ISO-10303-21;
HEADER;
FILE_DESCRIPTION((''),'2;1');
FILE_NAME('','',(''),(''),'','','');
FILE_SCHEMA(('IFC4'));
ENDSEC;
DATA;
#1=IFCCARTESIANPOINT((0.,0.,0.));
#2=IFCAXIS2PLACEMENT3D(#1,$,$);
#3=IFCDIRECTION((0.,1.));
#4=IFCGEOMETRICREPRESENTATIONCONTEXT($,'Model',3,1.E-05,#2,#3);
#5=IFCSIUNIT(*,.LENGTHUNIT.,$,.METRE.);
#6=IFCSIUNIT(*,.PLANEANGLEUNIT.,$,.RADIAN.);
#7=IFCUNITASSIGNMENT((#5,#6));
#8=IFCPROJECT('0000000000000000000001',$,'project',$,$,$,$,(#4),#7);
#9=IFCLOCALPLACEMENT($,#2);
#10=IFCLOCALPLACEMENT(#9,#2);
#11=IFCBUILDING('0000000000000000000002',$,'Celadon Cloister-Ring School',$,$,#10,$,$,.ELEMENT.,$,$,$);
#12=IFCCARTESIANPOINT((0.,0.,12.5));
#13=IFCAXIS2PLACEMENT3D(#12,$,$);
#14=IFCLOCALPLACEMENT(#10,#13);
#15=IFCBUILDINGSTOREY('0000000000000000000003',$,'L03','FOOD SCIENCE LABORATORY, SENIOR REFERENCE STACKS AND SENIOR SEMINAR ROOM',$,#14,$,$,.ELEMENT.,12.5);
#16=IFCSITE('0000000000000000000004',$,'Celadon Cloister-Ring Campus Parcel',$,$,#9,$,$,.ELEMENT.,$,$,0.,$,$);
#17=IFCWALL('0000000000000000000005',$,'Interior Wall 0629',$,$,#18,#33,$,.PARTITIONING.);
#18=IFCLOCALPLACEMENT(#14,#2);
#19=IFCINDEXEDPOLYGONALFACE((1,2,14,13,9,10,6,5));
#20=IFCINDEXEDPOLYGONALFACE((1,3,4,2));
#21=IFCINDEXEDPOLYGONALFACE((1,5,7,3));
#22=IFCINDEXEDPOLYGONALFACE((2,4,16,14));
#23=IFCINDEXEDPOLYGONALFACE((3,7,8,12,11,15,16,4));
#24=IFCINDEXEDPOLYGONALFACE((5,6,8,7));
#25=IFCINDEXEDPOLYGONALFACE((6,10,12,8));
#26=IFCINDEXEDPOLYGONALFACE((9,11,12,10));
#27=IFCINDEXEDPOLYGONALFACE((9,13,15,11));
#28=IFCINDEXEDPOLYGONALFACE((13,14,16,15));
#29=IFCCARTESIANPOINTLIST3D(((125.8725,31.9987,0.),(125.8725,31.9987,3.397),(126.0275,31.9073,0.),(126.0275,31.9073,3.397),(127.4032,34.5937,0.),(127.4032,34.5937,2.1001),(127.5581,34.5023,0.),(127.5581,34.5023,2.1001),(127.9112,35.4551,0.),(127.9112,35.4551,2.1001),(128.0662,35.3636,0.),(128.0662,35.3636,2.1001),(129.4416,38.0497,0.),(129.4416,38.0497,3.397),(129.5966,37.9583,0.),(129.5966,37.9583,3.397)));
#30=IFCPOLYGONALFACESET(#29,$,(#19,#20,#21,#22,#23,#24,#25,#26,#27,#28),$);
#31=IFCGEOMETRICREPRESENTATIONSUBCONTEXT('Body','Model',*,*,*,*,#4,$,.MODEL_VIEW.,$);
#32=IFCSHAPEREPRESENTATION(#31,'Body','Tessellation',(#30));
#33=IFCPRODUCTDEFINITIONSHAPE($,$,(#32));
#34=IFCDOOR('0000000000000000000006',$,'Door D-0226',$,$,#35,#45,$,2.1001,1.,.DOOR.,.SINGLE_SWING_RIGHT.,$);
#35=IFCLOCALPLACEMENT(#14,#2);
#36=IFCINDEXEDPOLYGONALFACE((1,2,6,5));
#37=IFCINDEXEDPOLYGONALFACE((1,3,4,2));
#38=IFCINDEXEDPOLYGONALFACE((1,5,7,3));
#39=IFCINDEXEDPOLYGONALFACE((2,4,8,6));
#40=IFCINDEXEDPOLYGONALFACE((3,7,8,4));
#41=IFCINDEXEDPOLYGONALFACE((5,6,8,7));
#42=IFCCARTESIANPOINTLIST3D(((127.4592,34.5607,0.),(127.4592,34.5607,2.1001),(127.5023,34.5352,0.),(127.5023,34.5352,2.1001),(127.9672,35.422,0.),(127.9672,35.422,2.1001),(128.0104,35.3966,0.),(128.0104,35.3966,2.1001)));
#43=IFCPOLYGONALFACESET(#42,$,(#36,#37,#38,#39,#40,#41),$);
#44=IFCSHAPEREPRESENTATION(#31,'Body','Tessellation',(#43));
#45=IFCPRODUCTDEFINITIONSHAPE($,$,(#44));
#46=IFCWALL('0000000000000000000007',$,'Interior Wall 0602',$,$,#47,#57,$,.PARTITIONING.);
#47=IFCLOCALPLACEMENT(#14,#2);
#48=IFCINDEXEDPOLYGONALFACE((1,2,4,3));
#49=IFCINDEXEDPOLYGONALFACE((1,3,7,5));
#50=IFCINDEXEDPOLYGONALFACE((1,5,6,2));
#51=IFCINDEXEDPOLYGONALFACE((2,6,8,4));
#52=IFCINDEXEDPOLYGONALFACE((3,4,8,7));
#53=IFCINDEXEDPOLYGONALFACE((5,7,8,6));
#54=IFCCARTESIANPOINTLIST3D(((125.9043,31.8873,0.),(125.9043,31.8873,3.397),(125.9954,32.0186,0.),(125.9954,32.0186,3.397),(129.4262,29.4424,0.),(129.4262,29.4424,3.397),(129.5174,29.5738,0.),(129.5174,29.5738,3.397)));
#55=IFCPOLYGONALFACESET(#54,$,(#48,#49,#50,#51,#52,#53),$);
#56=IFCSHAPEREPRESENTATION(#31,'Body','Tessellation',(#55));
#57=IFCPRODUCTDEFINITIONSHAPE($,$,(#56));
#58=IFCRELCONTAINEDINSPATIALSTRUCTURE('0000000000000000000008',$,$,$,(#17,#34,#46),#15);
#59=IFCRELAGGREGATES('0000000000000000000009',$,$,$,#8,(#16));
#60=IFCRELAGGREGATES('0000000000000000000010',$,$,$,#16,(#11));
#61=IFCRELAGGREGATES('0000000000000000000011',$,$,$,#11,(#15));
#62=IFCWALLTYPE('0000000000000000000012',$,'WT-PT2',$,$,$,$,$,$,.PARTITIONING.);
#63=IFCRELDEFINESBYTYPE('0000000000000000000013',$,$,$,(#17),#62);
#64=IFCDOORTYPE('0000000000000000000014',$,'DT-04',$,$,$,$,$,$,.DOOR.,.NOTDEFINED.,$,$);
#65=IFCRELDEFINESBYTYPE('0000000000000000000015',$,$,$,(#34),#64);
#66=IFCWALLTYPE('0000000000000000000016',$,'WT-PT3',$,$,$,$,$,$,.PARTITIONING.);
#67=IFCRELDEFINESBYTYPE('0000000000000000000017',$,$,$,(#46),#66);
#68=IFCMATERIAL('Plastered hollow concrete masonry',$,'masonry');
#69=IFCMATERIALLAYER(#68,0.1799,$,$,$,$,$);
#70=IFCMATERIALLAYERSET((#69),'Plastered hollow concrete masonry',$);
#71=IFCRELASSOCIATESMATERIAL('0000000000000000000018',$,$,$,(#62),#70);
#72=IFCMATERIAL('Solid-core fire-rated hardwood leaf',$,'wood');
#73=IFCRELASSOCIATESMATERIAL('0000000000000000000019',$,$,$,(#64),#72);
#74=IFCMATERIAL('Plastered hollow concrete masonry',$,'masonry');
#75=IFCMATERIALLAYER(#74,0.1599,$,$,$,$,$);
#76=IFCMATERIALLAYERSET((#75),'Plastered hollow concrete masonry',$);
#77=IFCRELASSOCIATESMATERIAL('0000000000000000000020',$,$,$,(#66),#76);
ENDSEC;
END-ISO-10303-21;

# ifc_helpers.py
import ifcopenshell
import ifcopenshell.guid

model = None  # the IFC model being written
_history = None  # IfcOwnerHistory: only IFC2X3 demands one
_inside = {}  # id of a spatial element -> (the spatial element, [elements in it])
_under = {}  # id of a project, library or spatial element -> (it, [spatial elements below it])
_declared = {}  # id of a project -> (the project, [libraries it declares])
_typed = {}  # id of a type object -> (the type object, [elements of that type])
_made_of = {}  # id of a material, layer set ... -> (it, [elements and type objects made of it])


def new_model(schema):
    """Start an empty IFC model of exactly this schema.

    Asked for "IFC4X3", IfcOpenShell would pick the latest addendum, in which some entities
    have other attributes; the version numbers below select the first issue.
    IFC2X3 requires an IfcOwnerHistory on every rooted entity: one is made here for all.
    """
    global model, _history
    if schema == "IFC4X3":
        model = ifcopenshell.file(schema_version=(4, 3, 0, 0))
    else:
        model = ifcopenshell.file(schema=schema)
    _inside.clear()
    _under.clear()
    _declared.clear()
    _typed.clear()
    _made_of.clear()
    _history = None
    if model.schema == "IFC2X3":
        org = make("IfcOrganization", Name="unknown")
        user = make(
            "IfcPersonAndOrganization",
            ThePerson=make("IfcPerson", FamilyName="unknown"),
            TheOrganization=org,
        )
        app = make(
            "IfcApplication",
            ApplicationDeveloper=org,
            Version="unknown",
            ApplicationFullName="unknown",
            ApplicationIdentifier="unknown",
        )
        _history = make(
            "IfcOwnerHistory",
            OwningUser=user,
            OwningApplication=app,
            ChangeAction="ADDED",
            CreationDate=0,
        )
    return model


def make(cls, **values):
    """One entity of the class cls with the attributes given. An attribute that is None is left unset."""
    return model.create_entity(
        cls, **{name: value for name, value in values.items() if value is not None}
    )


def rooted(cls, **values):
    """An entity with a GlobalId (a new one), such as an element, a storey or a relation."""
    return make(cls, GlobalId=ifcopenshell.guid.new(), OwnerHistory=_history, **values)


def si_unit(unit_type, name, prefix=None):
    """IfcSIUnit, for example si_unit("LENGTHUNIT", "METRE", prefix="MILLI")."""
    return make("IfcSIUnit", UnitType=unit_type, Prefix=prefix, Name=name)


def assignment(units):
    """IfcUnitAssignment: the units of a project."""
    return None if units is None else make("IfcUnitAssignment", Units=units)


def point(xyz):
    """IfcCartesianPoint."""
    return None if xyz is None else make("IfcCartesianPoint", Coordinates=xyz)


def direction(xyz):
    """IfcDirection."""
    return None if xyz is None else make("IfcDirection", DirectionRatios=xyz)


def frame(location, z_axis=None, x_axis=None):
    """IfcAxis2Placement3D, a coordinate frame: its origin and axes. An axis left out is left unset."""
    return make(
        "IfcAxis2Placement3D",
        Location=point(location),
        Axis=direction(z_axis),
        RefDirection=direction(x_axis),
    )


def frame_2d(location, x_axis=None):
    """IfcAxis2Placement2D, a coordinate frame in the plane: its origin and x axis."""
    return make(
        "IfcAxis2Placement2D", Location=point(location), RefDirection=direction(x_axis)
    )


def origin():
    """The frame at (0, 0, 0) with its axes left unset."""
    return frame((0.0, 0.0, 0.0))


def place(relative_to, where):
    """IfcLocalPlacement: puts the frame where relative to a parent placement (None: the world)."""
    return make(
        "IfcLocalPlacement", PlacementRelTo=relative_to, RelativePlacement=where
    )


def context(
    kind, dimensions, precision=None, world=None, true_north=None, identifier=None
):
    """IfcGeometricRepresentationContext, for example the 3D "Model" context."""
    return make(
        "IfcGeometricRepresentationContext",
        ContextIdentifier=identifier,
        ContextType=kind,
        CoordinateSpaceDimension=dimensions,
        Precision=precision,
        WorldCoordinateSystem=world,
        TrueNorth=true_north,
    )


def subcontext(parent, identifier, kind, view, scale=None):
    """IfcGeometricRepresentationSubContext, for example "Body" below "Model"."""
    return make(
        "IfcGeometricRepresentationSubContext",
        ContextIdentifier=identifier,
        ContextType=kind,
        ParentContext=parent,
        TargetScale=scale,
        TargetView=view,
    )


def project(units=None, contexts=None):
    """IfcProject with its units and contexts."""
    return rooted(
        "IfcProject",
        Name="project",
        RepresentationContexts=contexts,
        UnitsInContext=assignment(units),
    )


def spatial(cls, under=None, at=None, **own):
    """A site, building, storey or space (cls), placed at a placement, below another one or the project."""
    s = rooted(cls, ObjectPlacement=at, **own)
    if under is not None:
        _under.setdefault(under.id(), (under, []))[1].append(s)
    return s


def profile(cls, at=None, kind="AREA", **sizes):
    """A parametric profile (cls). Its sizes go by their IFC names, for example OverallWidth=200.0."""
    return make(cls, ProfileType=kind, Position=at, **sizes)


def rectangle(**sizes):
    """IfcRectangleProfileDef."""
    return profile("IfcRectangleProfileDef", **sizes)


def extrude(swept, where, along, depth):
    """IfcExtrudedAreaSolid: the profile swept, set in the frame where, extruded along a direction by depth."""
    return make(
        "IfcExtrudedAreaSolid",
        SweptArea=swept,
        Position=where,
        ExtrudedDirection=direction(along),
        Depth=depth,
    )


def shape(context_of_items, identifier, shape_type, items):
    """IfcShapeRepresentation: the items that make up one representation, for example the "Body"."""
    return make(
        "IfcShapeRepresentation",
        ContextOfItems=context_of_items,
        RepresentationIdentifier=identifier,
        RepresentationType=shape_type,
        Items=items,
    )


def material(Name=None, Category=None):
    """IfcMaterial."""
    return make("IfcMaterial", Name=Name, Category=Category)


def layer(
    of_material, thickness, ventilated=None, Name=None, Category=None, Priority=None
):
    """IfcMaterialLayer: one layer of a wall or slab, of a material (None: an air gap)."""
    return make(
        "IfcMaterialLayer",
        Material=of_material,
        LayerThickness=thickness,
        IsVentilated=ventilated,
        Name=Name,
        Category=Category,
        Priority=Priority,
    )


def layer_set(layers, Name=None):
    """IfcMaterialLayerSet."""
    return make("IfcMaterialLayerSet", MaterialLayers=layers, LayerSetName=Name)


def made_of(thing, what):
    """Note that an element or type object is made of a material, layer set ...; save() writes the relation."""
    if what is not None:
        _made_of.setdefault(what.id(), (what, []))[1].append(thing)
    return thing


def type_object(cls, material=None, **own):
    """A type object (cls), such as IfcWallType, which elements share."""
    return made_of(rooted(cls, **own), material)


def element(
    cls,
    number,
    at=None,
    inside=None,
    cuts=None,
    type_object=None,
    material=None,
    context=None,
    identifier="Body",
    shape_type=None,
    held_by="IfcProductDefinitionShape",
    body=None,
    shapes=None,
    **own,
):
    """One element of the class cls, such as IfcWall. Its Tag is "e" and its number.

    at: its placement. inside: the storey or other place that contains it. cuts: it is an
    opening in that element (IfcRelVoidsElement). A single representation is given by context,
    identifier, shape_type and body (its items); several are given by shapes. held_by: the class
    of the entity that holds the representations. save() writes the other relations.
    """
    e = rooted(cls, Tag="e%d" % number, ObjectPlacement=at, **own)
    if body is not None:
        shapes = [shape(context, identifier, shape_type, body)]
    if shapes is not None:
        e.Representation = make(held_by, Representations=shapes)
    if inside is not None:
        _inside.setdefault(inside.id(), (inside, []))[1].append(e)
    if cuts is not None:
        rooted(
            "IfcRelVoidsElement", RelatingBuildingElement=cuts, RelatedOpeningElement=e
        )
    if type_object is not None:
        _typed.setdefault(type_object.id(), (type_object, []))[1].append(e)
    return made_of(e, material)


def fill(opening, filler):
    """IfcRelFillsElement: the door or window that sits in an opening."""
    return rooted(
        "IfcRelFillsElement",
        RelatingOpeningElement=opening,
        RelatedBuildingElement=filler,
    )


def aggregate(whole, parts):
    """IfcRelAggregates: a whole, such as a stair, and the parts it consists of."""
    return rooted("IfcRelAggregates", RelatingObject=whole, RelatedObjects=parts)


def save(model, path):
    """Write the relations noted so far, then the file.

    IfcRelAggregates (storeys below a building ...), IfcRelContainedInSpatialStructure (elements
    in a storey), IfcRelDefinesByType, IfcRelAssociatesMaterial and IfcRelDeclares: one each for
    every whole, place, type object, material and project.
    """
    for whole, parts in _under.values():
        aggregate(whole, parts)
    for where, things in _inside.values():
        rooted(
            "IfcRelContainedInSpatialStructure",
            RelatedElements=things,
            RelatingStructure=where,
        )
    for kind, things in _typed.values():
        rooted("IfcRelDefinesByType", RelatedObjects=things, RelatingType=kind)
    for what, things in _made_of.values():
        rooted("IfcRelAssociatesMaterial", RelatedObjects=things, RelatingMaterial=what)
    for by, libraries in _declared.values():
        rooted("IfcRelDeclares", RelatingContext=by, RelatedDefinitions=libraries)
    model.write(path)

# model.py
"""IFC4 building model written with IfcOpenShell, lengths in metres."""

from ifc_helpers import new_model, si_unit, direction, frame, frame_2d, origin, place, context, subcontext, project, spatial, rectangle, extrude, material, layer, layer_set, type_object, element, fill, save


model = new_model("IFC4")

# Units and contexts
model_context = context("Model", 3, precision=1e-05, world=origin(), true_north=direction((0.0, 1.0)))
body_context = subcontext(model_context, "Body", "Model", "MODEL_VIEW")
ifc_project = project(units=[si_unit("LENGTHUNIT", "METRE"), si_unit("PLANEANGLEUNIT", "RADIAN")], contexts=[model_context])

# Site, building, storey
site_placement = place(None, origin())
site = spatial("IfcSite", under=ifc_project, at=site_placement, Name="Celadon Cloister-Ring Campus Parcel", CompositionType="ELEMENT", RefElevation=0.0)
building_placement = place(site_placement, origin())
building = spatial("IfcBuilding", under=site, at=building_placement, Name="Celadon Cloister-Ring School", CompositionType="ELEMENT")
storey_placement = place(building_placement, frame((0.0, 0.0, 12.5)))
storey = spatial("IfcBuildingStorey", under=building, at=storey_placement, Name="L03", Description="FOOD SCIENCE LABORATORY, SENIOR REFERENCE STACKS AND SENIOR SEMINAR ROOM", CompositionType="ELEMENT", Elevation=12.5)

# Wall, opening, door
ifc_material_1 = material(Name="Plastered hollow concrete masonry", Category="masonry")
ifc_layer_1 = layer(ifc_material_1, 0.1799)
ifc_layer_set_1 = layer_set([ifc_layer_1], Name="Plastered hollow concrete masonry")
wall_type_1 = type_object("IfcWallType", Name="WT-PT2", PredefinedType="PARTITIONING", material=ifc_layer_set_1)
wall_1_placement = place(storey_placement, frame((125.95, 31.9529, 0.0), z_axis=(0.0, 0.0, 1.0), x_axis=(0.508042, 0.861332, 0.0)))
wall_1 = element("IfcWall", 1, at=wall_1_placement, inside=storey, type_object=wall_type_1, Name="Interior Wall 0629", PredefinedType="PARTITIONING", context=body_context, shape_type="SweptSolid", body=[
    extrude(rectangle(XDim=7.0251, YDim=0.1799, at=frame_2d((3.5127, 0.0))), origin(), (0.0, 0.0, 1.0), 3.397),
])
opening_placement = place(wall_1_placement, frame((3.0129, 0.0, 0.0)))
opening = element("IfcOpeningElement", 2, at=opening_placement, cuts=wall_1, PredefinedType="OPENING", context=body_context, shape_type="SweptSolid", body=[
    extrude(rectangle(XDim=1.0, YDim=2.1001, at=frame_2d((0.5, 1.05))), frame((0.0, 0.1001, 0.0), z_axis=(0.0, -1.0, 0.0), x_axis=(1.0, 0.0, 0.0)), (0.0, 0.0, 1.0), 0.2),
])
ifc_material_2 = material(Name="Solid-core fire-rated hardwood leaf", Category="wood")
door_type = type_object("IfcDoorType", Name="DT-04", OperationType="NOTDEFINED", PredefinedType="DOOR", material=ifc_material_2)
door_placement = place(opening_placement, origin())
door = element("IfcDoor", 3, at=door_placement, inside=storey, type_object=door_type, Name="Door D-0226", OperationType="SINGLE_SWING_RIGHT", OverallHeight=2.1001, OverallWidth=1.0, PredefinedType="DOOR", context=body_context, shape_type="SweptSolid", body=[
    extrude(rectangle(XDim=1.0, YDim=2.1001, at=frame_2d((0.5, 1.05))), frame((0.0, 0.0249, 0.0), z_axis=(0.0, -1.0, 0.0), x_axis=(1.0, 0.0, 0.0)), (0.0, 0.0, 1.0), 0.05),
])
fill(opening, door)

# Wall
ifc_material_3 = material(Name="Plastered hollow concrete masonry", Category="masonry")
ifc_layer_2 = layer(ifc_material_3, 0.1599)
ifc_layer_set_2 = layer_set([ifc_layer_2], Name="Plastered hollow concrete masonry")
wall_type_2 = type_object("IfcWallType", Name="WT-PT3", PredefinedType="PARTITIONING", material=ifc_layer_set_2)
wall_2_placement = place(storey_placement, frame((125.95, 31.9529, 0.0), z_axis=(0.0, 0.0, 1.0), x_axis=(0.821478, -0.57024, 0.0)))
element("IfcWall", 4, at=wall_2_placement, inside=storey, type_object=wall_type_2, Name="Interior Wall 0602", PredefinedType="PARTITIONING", context=body_context, shape_type="SweptSolid", body=[
    extrude(rectangle(XDim=4.2874, YDim=0.1599, at=frame_2d((2.1436, 0.0))), origin(), (0.0, 0.0, 1.0), 3.397),
])

save(model, "model.ifc")
